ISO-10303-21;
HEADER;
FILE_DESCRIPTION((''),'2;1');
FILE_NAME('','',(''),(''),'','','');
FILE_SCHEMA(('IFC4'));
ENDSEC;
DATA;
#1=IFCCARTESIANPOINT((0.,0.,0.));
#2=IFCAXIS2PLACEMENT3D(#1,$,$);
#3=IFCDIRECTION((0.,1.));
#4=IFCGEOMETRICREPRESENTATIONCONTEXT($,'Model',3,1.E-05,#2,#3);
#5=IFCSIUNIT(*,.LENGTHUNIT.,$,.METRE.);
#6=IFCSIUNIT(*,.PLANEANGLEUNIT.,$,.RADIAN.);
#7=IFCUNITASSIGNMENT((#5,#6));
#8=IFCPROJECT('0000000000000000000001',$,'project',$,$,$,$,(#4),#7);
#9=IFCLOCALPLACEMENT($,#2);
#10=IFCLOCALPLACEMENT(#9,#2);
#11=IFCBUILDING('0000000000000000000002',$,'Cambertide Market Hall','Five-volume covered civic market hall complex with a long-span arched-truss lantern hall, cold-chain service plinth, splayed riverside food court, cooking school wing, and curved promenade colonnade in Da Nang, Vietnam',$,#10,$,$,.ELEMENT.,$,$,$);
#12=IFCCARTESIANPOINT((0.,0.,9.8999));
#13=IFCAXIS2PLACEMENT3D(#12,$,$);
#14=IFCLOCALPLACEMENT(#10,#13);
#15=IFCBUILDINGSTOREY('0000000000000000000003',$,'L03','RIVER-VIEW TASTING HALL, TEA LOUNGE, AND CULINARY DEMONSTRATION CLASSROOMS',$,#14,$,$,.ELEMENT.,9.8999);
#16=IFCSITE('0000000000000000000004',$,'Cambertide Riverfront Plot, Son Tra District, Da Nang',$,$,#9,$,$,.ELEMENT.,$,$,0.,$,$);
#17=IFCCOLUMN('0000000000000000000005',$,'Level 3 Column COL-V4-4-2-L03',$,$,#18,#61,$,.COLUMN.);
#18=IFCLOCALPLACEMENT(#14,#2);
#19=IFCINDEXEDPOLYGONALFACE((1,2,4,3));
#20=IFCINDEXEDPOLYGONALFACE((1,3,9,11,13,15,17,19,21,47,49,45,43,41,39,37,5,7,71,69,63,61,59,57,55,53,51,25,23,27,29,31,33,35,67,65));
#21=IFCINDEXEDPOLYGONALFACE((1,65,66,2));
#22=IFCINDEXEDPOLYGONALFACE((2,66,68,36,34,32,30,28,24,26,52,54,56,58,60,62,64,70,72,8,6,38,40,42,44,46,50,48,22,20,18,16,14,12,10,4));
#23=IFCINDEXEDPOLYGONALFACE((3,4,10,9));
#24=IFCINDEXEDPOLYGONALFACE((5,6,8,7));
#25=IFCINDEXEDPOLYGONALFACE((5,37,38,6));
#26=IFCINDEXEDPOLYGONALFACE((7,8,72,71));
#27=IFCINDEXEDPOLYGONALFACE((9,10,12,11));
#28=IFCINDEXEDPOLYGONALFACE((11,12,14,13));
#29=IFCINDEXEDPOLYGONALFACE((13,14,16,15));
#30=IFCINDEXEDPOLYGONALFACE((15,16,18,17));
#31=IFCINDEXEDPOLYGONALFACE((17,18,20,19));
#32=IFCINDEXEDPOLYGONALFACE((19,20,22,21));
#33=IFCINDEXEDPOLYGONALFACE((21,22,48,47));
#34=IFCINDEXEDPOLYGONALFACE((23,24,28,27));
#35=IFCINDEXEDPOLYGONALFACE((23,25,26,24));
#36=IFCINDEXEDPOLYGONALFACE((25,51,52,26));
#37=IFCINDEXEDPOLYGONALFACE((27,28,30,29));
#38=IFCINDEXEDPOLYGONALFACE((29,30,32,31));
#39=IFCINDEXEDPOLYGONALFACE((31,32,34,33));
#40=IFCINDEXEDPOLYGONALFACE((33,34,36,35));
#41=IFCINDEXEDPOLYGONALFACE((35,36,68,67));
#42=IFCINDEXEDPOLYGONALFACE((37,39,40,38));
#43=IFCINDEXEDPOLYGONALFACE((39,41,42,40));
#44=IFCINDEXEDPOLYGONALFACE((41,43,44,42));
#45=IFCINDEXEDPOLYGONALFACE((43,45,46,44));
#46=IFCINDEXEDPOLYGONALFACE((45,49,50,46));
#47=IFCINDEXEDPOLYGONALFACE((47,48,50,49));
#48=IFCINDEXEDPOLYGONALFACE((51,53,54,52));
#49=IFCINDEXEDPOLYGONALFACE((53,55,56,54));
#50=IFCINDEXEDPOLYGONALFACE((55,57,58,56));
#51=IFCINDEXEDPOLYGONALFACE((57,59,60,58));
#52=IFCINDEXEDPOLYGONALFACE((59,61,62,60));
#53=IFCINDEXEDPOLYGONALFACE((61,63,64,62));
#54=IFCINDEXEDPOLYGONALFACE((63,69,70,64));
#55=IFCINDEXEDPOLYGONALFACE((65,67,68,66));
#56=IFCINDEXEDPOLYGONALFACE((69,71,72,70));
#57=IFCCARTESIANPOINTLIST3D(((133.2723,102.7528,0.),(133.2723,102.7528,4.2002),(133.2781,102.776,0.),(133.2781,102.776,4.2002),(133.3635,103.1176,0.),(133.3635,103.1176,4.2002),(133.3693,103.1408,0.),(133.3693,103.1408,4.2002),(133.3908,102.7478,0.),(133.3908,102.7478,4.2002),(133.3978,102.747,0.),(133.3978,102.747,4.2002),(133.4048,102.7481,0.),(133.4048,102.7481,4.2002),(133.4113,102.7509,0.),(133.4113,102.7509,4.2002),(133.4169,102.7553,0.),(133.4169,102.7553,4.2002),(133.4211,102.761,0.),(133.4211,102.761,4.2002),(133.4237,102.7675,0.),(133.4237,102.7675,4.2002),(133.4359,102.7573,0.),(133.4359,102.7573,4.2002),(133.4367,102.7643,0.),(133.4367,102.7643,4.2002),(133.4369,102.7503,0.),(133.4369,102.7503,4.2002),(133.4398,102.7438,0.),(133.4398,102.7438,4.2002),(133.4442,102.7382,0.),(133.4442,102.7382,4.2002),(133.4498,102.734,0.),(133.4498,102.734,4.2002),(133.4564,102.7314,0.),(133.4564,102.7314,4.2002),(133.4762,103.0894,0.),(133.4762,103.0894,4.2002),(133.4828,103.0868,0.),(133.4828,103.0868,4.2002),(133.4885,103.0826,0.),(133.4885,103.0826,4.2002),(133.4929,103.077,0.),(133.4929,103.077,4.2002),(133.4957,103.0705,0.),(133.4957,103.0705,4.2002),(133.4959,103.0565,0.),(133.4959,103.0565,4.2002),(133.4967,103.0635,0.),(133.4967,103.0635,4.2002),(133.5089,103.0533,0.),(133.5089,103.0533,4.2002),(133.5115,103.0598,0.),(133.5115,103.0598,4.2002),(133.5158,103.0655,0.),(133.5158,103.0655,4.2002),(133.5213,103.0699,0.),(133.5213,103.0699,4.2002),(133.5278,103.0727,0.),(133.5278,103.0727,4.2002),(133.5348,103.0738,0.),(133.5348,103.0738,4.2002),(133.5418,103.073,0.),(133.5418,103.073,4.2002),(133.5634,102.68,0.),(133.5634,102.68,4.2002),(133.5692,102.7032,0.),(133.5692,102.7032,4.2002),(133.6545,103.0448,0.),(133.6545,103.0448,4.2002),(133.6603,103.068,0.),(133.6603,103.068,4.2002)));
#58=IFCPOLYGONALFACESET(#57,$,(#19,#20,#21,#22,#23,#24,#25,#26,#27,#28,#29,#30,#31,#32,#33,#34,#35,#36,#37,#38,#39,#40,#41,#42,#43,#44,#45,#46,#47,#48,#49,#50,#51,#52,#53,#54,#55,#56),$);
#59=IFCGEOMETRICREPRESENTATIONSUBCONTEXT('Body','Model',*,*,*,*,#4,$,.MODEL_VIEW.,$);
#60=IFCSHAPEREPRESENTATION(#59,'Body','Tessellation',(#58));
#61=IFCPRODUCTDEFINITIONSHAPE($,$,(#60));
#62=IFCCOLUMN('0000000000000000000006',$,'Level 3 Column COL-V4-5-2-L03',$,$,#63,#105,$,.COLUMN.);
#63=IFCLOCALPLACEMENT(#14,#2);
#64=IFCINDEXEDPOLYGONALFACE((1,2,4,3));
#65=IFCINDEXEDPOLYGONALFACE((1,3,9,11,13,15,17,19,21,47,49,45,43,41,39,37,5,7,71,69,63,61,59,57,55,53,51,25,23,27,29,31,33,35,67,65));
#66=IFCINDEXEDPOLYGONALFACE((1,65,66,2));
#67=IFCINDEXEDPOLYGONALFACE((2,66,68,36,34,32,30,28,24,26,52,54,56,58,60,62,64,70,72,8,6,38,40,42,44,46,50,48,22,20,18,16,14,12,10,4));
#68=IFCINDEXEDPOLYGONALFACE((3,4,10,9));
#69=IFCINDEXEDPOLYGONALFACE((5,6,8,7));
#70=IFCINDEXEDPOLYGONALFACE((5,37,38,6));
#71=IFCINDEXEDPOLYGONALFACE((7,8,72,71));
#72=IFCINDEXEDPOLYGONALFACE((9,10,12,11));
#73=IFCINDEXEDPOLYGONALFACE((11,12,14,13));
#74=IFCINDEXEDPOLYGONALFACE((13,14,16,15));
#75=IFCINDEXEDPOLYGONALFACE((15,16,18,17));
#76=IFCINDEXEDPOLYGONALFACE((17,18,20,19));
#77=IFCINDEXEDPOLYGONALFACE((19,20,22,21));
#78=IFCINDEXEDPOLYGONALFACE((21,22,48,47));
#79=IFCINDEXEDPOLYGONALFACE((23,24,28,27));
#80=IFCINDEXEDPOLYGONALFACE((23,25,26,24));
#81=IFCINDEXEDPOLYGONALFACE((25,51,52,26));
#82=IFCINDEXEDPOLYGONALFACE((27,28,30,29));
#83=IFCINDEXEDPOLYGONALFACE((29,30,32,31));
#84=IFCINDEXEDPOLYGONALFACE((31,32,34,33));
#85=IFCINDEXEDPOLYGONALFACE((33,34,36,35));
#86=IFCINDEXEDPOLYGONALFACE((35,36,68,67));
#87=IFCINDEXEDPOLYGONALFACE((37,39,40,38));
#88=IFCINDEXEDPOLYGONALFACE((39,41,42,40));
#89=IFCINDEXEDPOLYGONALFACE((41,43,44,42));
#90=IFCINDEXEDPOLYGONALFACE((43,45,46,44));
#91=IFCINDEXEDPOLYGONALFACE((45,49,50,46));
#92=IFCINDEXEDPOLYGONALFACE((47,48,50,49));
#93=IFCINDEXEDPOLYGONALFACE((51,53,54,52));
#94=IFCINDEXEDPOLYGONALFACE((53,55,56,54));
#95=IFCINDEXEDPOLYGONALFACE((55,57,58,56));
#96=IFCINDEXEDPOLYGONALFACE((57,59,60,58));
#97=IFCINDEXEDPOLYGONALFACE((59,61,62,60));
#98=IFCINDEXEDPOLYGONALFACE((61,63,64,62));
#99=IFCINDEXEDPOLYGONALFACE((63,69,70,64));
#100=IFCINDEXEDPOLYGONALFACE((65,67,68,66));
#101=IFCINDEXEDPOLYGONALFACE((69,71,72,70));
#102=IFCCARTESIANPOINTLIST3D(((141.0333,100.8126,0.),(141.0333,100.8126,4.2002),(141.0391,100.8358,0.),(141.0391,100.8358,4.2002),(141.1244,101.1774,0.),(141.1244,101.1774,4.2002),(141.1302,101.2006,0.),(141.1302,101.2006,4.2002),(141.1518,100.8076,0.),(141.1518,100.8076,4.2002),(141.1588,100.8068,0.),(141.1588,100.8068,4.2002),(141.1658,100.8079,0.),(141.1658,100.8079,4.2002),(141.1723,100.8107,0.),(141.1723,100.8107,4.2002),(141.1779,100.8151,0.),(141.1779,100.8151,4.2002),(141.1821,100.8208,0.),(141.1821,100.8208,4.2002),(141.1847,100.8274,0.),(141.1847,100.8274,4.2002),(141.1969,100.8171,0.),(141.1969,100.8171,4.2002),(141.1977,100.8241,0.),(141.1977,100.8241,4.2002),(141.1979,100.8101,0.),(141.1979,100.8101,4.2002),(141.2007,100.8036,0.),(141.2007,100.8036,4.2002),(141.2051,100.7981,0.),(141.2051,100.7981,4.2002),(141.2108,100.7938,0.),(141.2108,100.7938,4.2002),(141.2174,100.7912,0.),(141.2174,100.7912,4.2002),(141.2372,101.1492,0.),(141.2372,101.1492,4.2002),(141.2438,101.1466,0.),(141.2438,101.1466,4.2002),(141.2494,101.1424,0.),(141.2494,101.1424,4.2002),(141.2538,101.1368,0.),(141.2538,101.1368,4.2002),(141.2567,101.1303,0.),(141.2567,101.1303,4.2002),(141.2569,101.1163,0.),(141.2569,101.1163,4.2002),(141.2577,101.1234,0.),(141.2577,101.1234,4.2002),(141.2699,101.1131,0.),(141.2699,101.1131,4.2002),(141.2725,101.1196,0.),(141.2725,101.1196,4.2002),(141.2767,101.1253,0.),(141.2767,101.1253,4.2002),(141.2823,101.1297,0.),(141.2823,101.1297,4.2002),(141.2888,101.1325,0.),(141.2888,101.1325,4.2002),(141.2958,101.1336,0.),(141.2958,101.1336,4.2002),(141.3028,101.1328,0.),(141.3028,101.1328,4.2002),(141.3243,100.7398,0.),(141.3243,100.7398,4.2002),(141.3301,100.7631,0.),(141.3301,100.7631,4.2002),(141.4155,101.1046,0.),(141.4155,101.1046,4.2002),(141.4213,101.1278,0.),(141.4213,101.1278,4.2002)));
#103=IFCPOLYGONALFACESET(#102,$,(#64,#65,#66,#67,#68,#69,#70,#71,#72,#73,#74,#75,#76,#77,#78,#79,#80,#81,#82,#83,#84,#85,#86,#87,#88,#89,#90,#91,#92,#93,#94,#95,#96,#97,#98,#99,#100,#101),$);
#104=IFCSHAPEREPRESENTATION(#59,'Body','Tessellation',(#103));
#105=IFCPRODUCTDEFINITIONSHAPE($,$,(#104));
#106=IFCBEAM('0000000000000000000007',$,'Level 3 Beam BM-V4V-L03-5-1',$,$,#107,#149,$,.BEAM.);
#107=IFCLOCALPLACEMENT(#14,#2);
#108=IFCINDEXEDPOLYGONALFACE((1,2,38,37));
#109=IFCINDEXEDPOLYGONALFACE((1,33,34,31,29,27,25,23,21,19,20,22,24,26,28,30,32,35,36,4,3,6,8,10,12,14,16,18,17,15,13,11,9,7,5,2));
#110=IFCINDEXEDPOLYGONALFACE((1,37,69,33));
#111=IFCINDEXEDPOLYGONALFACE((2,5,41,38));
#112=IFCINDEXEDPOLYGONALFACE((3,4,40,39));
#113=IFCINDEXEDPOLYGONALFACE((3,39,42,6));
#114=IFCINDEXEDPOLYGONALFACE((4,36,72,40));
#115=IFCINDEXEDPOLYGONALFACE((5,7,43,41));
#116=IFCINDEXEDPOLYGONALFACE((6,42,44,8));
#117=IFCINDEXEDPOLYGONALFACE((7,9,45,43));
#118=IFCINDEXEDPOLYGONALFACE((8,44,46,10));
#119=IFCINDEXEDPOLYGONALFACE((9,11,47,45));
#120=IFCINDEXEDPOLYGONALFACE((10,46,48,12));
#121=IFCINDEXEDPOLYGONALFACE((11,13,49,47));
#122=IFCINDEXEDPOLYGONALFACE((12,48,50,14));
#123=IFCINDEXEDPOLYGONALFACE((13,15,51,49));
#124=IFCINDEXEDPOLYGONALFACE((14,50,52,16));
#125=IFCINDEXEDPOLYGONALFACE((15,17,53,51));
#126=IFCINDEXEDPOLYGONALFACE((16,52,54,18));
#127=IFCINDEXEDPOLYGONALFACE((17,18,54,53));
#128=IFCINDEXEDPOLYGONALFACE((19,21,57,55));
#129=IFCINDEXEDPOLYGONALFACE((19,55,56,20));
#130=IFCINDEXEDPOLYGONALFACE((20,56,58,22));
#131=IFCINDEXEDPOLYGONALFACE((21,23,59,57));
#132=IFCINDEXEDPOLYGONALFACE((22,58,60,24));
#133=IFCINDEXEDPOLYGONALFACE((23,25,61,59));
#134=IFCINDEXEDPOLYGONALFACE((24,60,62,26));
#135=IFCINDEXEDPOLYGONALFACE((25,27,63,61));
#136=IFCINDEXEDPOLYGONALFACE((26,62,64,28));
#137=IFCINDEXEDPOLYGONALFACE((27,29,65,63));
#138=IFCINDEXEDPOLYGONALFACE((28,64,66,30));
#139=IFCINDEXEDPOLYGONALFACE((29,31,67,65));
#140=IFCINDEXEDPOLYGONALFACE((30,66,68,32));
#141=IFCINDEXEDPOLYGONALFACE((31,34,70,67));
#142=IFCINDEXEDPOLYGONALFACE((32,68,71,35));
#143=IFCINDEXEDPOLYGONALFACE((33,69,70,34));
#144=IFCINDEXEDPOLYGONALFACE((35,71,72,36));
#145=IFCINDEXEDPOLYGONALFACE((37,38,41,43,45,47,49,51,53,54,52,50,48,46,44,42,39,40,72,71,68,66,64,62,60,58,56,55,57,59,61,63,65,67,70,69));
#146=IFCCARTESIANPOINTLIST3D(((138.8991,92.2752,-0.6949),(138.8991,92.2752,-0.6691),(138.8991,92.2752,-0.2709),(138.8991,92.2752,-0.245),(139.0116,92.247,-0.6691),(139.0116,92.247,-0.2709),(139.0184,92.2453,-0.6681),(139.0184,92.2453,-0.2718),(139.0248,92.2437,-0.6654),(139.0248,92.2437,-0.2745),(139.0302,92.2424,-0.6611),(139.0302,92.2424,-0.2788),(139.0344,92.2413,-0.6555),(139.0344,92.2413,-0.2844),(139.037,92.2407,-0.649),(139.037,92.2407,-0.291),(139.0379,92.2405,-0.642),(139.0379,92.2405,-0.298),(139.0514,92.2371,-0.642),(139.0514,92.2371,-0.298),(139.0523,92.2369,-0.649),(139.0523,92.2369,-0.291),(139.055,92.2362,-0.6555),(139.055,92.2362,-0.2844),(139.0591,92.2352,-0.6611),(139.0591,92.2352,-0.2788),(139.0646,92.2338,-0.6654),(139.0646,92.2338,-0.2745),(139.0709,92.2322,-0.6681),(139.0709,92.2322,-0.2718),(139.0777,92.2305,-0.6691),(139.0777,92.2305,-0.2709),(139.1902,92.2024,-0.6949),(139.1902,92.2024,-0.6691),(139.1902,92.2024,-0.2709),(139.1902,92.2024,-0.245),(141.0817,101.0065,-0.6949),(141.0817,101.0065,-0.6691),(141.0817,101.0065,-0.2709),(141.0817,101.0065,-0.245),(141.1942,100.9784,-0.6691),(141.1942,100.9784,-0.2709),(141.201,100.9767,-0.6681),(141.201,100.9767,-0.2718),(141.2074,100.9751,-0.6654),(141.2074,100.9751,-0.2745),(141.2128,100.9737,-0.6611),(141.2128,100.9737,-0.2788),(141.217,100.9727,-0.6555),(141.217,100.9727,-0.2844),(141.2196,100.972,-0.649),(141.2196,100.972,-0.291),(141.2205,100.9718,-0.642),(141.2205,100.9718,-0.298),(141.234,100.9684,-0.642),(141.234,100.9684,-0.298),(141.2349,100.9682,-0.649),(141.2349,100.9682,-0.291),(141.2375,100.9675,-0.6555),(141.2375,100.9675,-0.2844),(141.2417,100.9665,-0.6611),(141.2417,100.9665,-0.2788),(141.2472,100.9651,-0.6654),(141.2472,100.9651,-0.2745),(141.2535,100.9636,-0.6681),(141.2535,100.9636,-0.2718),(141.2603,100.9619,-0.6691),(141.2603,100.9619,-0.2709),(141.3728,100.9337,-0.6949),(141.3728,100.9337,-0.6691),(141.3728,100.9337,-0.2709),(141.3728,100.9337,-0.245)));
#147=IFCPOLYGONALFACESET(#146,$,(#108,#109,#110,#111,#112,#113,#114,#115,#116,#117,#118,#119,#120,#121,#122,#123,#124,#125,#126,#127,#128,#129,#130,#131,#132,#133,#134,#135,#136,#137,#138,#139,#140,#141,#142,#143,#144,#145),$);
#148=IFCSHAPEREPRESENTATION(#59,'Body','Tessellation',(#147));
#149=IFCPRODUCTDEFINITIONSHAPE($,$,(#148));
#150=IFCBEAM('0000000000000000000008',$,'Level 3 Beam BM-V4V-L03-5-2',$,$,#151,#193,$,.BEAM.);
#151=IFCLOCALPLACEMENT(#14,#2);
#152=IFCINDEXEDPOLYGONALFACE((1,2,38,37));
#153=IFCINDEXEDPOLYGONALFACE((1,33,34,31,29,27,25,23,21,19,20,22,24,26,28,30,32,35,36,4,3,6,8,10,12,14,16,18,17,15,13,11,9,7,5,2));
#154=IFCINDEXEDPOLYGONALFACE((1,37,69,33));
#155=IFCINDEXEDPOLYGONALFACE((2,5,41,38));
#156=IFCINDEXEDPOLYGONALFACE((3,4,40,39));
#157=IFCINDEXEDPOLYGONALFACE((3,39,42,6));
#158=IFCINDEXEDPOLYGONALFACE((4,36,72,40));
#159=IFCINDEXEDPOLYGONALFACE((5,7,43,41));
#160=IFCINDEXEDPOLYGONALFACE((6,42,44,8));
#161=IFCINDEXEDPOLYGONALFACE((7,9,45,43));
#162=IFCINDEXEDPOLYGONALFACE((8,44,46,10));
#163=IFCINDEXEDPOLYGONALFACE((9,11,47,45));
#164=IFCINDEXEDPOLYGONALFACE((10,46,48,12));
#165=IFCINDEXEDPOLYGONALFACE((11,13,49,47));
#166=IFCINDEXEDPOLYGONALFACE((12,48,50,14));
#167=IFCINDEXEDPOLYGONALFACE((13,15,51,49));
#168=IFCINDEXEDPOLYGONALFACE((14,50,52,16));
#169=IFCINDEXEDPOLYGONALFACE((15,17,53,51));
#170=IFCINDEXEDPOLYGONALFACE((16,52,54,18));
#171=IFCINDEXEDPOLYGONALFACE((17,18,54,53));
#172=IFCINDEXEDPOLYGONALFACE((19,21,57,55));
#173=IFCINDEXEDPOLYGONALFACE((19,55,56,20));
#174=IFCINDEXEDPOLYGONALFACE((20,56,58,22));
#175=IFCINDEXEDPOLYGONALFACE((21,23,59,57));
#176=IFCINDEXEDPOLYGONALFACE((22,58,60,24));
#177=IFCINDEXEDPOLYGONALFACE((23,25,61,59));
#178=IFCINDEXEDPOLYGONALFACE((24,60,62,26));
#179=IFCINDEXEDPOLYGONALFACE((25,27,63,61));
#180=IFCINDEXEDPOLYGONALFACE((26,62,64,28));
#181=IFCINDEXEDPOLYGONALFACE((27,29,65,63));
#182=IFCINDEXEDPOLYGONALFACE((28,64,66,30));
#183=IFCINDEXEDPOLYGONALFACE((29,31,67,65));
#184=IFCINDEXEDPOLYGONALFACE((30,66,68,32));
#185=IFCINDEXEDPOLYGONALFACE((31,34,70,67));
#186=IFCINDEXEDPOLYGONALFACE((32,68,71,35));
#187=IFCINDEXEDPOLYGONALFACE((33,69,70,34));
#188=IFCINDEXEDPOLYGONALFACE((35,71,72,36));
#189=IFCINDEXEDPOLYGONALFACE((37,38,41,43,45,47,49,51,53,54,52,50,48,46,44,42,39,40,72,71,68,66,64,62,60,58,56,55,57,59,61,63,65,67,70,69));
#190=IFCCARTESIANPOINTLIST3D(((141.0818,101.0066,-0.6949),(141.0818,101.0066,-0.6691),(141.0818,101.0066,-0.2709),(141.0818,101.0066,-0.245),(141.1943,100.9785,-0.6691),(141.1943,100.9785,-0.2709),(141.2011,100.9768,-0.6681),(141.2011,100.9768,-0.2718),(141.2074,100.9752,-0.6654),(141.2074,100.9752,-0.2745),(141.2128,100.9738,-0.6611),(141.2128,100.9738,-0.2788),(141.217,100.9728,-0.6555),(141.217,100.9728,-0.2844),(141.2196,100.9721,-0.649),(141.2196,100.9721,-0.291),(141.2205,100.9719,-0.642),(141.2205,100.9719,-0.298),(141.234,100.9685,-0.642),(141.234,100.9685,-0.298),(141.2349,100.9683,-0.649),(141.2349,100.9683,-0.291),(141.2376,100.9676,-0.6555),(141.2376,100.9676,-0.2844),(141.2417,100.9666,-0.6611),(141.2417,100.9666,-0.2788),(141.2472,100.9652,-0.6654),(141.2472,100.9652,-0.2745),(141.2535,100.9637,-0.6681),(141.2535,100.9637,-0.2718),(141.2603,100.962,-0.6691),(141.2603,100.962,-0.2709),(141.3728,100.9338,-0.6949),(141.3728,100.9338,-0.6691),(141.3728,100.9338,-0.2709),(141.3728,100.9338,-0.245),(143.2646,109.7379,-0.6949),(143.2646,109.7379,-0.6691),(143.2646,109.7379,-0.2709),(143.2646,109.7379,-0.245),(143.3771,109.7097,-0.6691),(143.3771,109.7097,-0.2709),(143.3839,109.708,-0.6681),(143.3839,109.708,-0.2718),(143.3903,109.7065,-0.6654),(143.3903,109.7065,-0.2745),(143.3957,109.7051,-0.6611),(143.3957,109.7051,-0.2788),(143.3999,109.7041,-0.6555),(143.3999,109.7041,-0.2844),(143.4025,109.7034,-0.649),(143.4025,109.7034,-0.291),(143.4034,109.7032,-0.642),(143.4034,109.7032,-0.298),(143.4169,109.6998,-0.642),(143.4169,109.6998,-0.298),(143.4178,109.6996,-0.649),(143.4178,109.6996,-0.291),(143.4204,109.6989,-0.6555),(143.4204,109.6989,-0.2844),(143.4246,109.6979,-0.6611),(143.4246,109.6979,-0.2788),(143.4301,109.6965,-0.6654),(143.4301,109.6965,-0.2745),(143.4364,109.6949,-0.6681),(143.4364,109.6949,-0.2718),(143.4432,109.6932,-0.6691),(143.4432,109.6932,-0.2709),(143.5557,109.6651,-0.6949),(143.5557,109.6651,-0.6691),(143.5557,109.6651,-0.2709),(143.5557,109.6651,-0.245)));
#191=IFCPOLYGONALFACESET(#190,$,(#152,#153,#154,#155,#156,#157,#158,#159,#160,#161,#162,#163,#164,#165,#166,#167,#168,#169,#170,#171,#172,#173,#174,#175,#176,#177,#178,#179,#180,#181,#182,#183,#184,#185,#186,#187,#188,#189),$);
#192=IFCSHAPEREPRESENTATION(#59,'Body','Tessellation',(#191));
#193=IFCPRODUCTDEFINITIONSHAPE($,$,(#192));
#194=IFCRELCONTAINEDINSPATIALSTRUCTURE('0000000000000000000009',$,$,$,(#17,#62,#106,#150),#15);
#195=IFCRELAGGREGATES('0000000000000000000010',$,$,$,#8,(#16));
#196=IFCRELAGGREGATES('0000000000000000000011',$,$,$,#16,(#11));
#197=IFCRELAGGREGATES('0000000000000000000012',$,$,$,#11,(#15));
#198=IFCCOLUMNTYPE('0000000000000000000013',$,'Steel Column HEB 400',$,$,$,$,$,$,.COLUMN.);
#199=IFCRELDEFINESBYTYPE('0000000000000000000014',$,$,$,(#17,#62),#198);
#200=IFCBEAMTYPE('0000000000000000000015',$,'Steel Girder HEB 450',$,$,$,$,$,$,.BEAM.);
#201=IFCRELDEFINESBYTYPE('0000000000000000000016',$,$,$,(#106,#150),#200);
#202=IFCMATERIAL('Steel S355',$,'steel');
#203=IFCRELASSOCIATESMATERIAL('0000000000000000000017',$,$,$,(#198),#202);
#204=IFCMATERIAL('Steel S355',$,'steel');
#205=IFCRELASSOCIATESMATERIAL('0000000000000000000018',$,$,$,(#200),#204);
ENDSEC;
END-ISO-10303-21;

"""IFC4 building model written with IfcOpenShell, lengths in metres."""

from ifc_helpers import new_model, si_unit, direction, frame, origin, origin_2d, place, context, subcontext, project, spatial, i_section, extrude, material, material_profile, profile_set, type_object, element, save


model = new_model("IFC4")

# Units and contexts
model_context = context("Model", 3, precision=1e-05, world=origin(), true_north=direction((0.0, 1.0)))
body_context = subcontext(model_context, "Body", "Model", "MODEL_VIEW")
ifc_project = project(units=[si_unit("LENGTHUNIT", "METRE"), si_unit("PLANEANGLEUNIT", "RADIAN")], contexts=[model_context])

# Site, building, storey
site_placement = place(None, origin())
site = spatial("IfcSite", under=ifc_project, at=site_placement, Name="Cambertide Riverfront Plot, Son Tra District, Da Nang", CompositionType="ELEMENT", RefElevation=0.0)
building_placement = place(site_placement, origin())
building = spatial("IfcBuilding", under=site, at=building_placement, Name="Cambertide Market Hall", Description="Five-volume covered civic market hall complex with a long-span arched-truss lantern hall, cold-chain service plinth, splayed riverside food court, cooking school wing, and curved promenade colonnade in Da Nang, Vietnam", CompositionType="ELEMENT")
storey_placement = place(building_placement, frame((0.0, 0.0, 9.8999)))
storey = spatial("IfcBuildingStorey", under=building, at=storey_placement, Name="L03", Description="RIVER-VIEW TASTING HALL, TEA LOUNGE, AND CULINARY DEMONSTRATION CLASSROOMS", CompositionType="ELEMENT", Elevation=9.8999)

# Columns
ifc_material_1 = material(Name="Steel S355", Category="steel")
ifc_material_profile_1 = material_profile(ifc_material_1, i_section(OverallWidth=0.3, OverallDepth=0.3999, WebThickness=0.0134, FlangeThickness=0.0239, FilletRadius=0.0271, at=origin_2d()), Name="HEB 400")
ifc_profile_set_1 = profile_set([ifc_material_profile_1], Name="Steel S355")
column_type = type_object("IfcColumnType", Name="Steel Column HEB 400", PredefinedType="COLUMN", material=ifc_profile_set_1)
for number, where, z_axis, x_axis, name in (
    (1, (133.4663, 102.9104, 0.0), (0.0, 0.0, 1.0), (0.970143, -0.242536, 0.0), "Level 3 Column COL-V4-4-2-L03"),
    (2, (141.2273, 100.9702, 0.0), (0.0, 0.0, 1.0), (0.970143, -0.242536, 0.0), "Level 3 Column COL-V4-5-2-L03"),
):
    element("IfcColumn", number, at=place(storey_placement, frame(where, z_axis=z_axis, x_axis=x_axis)), inside=storey, type_object=column_type, Name=name, PredefinedType="COLUMN", context=body_context, shape_type="SweptSolid", body=[
        extrude(i_section(OverallWidth=0.3, OverallDepth=0.3999, WebThickness=0.0134, FlangeThickness=0.0239, FilletRadius=0.0271, at=origin_2d()), origin(), (0.0, 0.0, 1.0), 4.2002),
    ])

# Beams
ifc_material_2 = material(Name="Steel S355", Category="steel")
ifc_material_profile_2 = material_profile(ifc_material_2, i_section(OverallWidth=0.3, OverallDepth=0.45, WebThickness=0.0139, FlangeThickness=0.0259, FilletRadius=0.0271, at=origin_2d()), Name="HEB 450")
ifc_profile_set_2 = profile_set([ifc_material_profile_2], Name="Steel S355")
beam_type_1 = type_object("IfcBeamType", Name="Steel Girder HEB 450", PredefinedType="BEAM", material=ifc_profile_set_2)
for number, where, z_axis, x_axis, name in (
    (3, (139.0447, 92.2388, -0.47), (0.24251, 0.970149, 0.0), (-0.970149, 0.24251, 0.0), "Level 3 Beam BM-V4V-L03-5-1"),
    (4, (141.2273, 100.9702, -0.47), (0.242542, 0.970141, 0.0), (-0.970141, 0.242542, 0.0), "Level 3 Beam BM-V4V-L03-5-2"),
):
    element("IfcBeam", number, at=place(storey_placement, frame(where, z_axis=z_axis, x_axis=x_axis)), inside=storey, type_object=beam_type_1, Name=name, PredefinedType="BEAM", context=body_context, shape_type="SweptSolid", body=[
        extrude(i_section(OverallWidth=0.3, OverallDepth=0.45, WebThickness=0.0139, FlangeThickness=0.0259, FilletRadius=0.0271, at=origin_2d()), origin(), (0.0, 0.0, 1.0), 9.0),
    ])

save(model, "model.ifc")
